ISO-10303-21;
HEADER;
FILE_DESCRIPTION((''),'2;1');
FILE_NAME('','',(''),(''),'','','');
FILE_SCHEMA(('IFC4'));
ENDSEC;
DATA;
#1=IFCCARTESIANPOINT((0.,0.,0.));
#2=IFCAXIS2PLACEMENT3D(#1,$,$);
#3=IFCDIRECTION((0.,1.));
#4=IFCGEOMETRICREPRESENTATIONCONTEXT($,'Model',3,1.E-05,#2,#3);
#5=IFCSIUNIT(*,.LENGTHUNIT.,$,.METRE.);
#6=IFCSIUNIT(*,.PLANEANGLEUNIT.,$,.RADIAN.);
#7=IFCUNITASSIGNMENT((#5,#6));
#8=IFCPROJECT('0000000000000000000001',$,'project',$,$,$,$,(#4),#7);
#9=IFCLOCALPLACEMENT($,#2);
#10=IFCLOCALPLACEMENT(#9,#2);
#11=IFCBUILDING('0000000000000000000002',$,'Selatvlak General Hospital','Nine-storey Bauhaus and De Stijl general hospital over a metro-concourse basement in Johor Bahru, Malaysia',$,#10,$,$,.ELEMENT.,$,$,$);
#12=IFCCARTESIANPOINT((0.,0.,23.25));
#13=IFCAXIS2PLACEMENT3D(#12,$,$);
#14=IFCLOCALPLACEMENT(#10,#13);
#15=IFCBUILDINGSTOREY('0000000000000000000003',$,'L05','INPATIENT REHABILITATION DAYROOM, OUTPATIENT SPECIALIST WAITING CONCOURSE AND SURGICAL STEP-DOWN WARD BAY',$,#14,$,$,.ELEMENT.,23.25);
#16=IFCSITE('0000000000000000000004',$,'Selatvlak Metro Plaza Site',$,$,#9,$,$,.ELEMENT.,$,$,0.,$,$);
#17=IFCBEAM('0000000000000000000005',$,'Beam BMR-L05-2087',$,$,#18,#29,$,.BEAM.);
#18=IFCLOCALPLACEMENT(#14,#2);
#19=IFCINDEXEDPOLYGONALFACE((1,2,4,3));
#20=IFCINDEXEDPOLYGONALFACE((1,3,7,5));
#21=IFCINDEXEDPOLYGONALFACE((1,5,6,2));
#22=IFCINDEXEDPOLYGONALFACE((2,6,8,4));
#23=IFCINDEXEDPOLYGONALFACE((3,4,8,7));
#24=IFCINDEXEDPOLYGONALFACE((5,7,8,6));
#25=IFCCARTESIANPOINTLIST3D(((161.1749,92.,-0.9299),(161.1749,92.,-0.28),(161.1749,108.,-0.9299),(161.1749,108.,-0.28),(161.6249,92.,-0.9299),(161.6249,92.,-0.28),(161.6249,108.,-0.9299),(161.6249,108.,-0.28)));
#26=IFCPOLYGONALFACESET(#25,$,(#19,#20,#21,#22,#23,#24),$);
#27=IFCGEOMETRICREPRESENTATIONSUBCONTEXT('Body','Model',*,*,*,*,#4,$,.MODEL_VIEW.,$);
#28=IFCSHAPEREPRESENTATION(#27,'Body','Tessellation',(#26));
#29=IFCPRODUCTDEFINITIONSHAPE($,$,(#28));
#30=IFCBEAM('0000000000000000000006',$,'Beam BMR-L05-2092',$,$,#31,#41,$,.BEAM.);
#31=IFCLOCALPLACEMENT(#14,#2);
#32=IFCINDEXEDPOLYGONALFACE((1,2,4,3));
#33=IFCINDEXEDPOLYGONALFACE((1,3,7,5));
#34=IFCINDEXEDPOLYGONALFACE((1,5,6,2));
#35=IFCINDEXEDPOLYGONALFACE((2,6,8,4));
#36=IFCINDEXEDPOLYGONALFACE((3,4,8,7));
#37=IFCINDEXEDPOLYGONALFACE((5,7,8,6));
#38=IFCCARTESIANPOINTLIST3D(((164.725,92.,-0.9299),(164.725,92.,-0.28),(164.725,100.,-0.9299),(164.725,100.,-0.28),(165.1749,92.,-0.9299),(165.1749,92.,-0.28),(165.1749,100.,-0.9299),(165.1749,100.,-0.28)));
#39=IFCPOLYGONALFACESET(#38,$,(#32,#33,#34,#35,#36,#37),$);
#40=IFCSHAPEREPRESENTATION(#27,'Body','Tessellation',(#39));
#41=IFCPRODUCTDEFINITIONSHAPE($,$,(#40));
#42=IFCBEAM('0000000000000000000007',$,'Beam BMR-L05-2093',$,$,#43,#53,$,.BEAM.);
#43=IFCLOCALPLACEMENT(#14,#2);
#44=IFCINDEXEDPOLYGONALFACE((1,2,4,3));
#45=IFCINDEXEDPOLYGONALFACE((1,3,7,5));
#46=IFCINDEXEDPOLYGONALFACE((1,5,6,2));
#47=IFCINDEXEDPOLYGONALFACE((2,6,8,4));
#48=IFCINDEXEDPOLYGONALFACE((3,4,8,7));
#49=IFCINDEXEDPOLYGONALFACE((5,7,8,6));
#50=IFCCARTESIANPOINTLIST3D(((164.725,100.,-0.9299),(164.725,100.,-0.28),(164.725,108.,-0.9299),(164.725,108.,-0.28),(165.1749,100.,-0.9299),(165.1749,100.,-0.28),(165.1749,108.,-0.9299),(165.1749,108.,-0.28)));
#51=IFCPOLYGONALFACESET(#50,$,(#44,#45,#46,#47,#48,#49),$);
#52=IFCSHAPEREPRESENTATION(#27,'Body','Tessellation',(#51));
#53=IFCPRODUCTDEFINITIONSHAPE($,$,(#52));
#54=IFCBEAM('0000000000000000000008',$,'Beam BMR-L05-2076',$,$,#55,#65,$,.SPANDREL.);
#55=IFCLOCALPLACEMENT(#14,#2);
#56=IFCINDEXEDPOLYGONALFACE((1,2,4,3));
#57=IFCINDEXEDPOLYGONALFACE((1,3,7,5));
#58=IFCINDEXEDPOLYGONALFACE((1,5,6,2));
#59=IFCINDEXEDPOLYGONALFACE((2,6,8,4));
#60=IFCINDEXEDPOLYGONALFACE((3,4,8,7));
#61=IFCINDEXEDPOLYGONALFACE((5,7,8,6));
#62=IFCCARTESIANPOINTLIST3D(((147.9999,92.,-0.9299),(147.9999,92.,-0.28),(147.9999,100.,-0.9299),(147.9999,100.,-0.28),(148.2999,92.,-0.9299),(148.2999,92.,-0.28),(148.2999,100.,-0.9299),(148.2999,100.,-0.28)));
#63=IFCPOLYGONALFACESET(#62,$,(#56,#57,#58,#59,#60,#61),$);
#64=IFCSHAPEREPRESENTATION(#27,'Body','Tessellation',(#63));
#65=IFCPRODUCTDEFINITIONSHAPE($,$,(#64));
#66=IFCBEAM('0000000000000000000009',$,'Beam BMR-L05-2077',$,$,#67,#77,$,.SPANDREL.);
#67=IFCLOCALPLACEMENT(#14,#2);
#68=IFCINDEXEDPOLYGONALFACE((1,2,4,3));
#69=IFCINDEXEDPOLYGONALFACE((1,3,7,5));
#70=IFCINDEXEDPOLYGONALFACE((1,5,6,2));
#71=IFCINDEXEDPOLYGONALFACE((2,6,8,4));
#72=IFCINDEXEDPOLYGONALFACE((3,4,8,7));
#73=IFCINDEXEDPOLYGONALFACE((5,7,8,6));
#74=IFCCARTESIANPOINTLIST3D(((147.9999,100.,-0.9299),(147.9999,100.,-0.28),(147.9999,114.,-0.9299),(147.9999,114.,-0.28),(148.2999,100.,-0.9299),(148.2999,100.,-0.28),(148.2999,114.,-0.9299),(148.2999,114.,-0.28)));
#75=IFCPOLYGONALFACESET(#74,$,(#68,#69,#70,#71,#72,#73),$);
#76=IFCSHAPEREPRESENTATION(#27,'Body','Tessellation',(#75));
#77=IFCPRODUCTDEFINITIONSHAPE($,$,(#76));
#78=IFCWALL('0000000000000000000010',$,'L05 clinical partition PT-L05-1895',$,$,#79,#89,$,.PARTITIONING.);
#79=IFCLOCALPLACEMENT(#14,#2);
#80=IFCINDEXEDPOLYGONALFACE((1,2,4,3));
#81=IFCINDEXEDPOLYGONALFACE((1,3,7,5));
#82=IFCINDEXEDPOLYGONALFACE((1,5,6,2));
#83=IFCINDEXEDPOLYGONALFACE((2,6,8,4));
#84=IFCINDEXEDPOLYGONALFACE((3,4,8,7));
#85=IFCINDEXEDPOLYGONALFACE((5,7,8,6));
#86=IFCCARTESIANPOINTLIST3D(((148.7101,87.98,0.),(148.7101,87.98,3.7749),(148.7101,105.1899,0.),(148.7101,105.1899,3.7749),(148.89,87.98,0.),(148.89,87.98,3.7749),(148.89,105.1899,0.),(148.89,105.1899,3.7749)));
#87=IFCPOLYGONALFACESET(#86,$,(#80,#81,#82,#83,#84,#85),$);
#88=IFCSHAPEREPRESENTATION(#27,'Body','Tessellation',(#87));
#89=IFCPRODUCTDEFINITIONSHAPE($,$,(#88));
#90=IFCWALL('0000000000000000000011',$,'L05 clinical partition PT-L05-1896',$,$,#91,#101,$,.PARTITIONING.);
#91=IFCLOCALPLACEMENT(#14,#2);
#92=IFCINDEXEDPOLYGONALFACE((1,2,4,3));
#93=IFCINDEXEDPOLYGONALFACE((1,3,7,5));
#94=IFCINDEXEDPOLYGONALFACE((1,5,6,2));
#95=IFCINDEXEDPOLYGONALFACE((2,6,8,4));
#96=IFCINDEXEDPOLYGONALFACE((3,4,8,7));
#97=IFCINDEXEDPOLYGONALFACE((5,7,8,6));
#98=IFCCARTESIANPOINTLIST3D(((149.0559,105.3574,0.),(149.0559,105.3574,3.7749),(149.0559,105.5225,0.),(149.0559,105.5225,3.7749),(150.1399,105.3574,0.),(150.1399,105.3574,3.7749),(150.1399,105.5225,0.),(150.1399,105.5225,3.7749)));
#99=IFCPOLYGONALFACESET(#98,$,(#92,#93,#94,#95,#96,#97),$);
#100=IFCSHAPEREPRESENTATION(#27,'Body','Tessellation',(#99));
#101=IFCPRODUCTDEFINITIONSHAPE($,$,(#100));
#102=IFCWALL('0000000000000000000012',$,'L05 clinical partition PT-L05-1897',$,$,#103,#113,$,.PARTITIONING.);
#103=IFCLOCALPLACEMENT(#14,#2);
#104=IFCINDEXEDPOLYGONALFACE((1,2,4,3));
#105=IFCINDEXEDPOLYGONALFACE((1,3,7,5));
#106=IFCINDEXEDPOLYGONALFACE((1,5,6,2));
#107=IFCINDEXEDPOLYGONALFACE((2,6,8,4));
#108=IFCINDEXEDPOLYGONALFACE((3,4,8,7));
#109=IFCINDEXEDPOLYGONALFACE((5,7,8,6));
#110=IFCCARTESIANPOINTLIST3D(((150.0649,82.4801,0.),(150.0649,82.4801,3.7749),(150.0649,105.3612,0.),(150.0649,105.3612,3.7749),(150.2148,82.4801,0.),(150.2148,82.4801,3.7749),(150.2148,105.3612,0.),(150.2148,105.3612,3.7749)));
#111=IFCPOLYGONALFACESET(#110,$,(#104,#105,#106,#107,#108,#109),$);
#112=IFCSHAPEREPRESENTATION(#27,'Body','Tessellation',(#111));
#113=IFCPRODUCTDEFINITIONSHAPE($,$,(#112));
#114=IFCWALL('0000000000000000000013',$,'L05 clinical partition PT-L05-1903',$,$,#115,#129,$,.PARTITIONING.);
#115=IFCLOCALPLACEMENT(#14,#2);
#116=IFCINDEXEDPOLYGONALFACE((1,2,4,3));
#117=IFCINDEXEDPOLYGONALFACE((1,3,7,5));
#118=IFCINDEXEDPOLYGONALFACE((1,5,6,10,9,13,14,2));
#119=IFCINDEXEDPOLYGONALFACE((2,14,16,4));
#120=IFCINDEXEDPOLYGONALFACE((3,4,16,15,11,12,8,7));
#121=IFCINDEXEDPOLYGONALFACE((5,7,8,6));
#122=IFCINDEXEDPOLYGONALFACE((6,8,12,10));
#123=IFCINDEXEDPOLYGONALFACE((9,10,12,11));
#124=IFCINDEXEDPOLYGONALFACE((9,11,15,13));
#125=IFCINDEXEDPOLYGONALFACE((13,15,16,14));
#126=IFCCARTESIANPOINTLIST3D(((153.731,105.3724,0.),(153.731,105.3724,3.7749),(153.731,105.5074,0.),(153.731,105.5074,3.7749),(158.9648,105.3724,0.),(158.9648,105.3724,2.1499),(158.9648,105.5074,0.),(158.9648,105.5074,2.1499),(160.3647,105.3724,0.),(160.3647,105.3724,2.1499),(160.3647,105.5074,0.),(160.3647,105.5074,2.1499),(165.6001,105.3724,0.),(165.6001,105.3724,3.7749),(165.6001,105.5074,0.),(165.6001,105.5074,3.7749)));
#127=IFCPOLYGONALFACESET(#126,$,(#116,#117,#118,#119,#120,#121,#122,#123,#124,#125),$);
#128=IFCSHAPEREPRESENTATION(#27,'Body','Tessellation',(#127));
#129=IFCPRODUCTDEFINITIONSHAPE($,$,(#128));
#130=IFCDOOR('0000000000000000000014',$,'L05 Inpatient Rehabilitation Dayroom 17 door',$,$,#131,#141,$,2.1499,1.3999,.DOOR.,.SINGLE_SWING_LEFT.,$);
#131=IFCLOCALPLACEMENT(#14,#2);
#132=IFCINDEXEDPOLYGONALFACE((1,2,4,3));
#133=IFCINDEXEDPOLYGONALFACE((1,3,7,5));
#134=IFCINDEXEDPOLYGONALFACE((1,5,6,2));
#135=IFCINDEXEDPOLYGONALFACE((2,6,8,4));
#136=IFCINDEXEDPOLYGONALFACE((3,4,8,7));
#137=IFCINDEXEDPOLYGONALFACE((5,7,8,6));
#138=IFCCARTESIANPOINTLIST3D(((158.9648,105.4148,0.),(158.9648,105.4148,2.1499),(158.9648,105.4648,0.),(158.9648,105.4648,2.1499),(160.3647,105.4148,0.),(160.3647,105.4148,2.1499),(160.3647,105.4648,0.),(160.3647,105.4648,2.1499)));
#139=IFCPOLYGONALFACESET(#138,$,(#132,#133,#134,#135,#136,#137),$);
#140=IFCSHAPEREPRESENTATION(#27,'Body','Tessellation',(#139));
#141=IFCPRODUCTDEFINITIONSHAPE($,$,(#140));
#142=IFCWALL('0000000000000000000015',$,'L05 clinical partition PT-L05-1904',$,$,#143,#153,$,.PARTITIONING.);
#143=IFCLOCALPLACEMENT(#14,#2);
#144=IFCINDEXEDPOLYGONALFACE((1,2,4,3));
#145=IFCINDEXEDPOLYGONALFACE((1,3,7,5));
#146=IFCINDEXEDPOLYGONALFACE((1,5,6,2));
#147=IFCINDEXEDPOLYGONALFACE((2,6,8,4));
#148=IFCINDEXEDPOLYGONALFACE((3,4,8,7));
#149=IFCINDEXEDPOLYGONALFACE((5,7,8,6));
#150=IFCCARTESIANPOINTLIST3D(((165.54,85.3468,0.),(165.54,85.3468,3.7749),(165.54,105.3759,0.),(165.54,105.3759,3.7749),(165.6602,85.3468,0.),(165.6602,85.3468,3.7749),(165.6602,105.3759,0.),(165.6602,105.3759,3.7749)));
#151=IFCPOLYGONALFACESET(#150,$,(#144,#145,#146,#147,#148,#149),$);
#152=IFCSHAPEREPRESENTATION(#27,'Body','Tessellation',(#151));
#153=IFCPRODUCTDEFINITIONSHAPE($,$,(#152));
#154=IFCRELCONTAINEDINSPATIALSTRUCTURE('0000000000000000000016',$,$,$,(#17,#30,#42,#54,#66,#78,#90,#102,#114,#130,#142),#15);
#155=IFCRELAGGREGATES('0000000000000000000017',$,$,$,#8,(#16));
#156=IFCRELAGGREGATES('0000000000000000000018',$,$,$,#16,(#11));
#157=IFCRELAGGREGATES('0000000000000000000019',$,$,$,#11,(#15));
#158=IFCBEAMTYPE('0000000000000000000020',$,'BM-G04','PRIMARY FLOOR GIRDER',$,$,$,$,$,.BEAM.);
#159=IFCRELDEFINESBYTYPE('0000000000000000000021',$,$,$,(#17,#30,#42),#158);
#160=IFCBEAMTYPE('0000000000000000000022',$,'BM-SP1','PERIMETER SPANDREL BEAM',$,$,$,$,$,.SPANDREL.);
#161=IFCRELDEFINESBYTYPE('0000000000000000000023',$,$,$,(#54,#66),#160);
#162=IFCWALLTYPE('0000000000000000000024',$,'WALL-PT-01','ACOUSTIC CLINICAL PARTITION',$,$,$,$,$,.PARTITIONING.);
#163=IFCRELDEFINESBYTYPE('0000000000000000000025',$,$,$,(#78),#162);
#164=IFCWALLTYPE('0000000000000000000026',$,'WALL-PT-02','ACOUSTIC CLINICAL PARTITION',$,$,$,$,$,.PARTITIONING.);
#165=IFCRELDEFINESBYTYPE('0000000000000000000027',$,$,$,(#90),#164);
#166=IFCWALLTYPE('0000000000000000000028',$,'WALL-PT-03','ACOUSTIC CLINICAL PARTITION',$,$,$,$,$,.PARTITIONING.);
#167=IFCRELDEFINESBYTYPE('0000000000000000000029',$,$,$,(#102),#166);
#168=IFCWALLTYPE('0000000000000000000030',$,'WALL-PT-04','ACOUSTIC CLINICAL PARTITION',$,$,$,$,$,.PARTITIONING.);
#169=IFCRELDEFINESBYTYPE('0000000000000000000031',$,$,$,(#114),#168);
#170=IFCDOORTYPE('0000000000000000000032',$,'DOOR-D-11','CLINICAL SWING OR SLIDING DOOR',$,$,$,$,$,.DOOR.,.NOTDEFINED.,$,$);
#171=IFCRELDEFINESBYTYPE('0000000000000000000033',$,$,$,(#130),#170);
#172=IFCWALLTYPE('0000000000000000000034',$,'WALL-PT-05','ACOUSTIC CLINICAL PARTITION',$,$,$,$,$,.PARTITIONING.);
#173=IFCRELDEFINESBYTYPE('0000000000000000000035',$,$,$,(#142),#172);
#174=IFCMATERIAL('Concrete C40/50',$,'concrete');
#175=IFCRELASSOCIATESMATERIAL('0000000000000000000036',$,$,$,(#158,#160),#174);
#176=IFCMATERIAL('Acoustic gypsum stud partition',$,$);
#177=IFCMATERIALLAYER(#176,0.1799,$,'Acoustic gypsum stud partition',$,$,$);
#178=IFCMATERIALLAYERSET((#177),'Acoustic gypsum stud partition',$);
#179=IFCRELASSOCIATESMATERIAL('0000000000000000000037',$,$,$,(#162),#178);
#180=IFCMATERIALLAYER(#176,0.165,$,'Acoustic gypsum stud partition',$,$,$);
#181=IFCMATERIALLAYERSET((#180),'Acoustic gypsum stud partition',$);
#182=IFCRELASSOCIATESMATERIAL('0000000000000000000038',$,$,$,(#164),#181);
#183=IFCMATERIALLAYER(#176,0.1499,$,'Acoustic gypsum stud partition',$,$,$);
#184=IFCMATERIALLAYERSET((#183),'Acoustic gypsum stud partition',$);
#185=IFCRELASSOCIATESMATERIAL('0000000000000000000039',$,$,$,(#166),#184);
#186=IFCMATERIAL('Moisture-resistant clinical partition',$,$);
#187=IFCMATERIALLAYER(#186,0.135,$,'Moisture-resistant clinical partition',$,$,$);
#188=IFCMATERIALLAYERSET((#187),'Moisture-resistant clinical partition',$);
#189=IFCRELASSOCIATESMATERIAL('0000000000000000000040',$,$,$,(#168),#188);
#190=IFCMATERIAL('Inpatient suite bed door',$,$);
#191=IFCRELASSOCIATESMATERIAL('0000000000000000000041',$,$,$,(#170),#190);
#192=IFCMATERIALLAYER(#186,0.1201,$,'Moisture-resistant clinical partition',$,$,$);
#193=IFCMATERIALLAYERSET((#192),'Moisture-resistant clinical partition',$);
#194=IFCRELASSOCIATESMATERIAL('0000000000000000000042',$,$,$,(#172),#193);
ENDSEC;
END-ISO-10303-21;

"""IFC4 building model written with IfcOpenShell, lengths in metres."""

from ifc_helpers import new_model, si_unit, direction, frame, frame_2d, origin, origin_2d, place, context, subcontext, project, spatial, rectangle, extrude, material, layer, layer_set, material_profile, profile_set, type_object, element, fill, save


model = new_model("IFC4")

# Units and contexts
model_context = context("Model", 3, precision=1e-05, world=origin(), true_north=direction((0.0, 1.0)))
body_context = subcontext(model_context, "Body", "Model", "MODEL_VIEW")
ifc_project = project(units=[si_unit("LENGTHUNIT", "METRE"), si_unit("PLANEANGLEUNIT", "RADIAN")], contexts=[model_context])

# Site, building, storey
site_placement = place(None, origin())
site = spatial("IfcSite", under=ifc_project, at=site_placement, Name="Selatvlak Metro Plaza Site", CompositionType="ELEMENT", RefElevation=0.0)
building_placement = place(site_placement, origin())
building = spatial("IfcBuilding", under=site, at=building_placement, Name="Selatvlak General Hospital", Description="Nine-storey Bauhaus and De Stijl general hospital over a metro-concourse basement in Johor Bahru, Malaysia", CompositionType="ELEMENT")
storey_placement = place(building_placement, frame((0.0, 0.0, 23.25)))
storey = spatial("IfcBuildingStorey", under=building, at=storey_placement, Name="L05", Description="INPATIENT REHABILITATION DAYROOM, OUTPATIENT SPECIALIST WAITING CONCOURSE AND SURGICAL STEP-DOWN WARD BAY", CompositionType="ELEMENT", Elevation=23.25)

# Shared definitions
ifc_material_1 = material(Name="Concrete C40/50", Category="concrete")

# Beams
ifc_material_profile_1 = material_profile(ifc_material_1, rectangle(XDim=0.45, YDim=0.6499, at=origin_2d()), Name="RC-BM 450x650")
ifc_profile_set_1 = profile_set([ifc_material_profile_1], Name="Concrete C40/50")
beam_type_1 = type_object("IfcBeamType", Name="BM-G04", Description="PRIMARY FLOOR GIRDER", PredefinedType="BEAM", material=ifc_profile_set_1)
beam_1_placement = place(storey_placement, frame((161.3999, 92.0, -0.605), z_axis=(0.0, 1.0, 0.0), x_axis=(-1.0, 0.0, 0.0)))
element("IfcBeam", 1, at=beam_1_placement, inside=storey, type_object=beam_type_1, Name="Beam BMR-L05-2087", PredefinedType="BEAM", context=body_context, shape_type="SweptSolid", body=[
    extrude(rectangle(XDim=0.45, YDim=0.6499, at=origin_2d()), origin(), (0.0, 0.0, 1.0), 16.0),
])
for number, where, z_axis, x_axis, name in (
    (2, (164.95, 92.0, -0.605), (0.0, 1.0, 0.0), (-1.0, 0.0, 0.0), "Beam BMR-L05-2092"),
    (3, (164.95, 100.0, -0.605), (0.0, 1.0, 0.0), (-1.0, 0.0, 0.0), "Beam BMR-L05-2093"),
):
    element("IfcBeam", number, at=place(storey_placement, frame(where, z_axis=z_axis, x_axis=x_axis)), inside=storey, type_object=beam_type_1, Name=name, PredefinedType="BEAM", context=body_context, shape_type="SweptSolid", body=[
        extrude(rectangle(XDim=0.45, YDim=0.6499, at=origin_2d()), origin(), (0.0, 0.0, 1.0), 8.0),
    ])
ifc_material_profile_2 = material_profile(ifc_material_1, rectangle(XDim=0.3, YDim=0.6499, at=origin_2d()), Name="RC-SP 300x650")
ifc_profile_set_2 = profile_set([ifc_material_profile_2], Name="Concrete C40/50")
beam_type_2 = type_object("IfcBeamType", Name="BM-SP1", Description="PERIMETER SPANDREL BEAM", PredefinedType="SPANDREL", material=ifc_profile_set_2)
beam_2_placement = place(storey_placement, frame((148.1499, 92.0, -0.605), z_axis=(0.0, 1.0, 0.0), x_axis=(-1.0, 0.0, 0.0)))
element("IfcBeam", 4, at=beam_2_placement, inside=storey, type_object=beam_type_2, Name="Beam BMR-L05-2076", PredefinedType="SPANDREL", context=body_context, shape_type="SweptSolid", body=[
    extrude(rectangle(XDim=0.3, YDim=0.6499, at=origin_2d()), origin(), (0.0, 0.0, 1.0), 8.0),
])
beam_3_placement = place(storey_placement, frame((148.1499, 100.0, -0.605), z_axis=(0.0, 1.0, 0.0), x_axis=(-1.0, 0.0, 0.0)))
element("IfcBeam", 5, at=beam_3_placement, inside=storey, type_object=beam_type_2, Name="Beam BMR-L05-2077", PredefinedType="SPANDREL", context=body_context, shape_type="SweptSolid", body=[
    extrude(rectangle(XDim=0.3, YDim=0.6499, at=origin_2d()), origin(), (0.0, 0.0, 1.0), 14.0),
])

# Walls
ifc_material_2 = material(Name="Acoustic gypsum stud partition")
ifc_layer_1 = layer(ifc_material_2, 0.1799, Name="Acoustic gypsum stud partition")
ifc_layer_set_1 = layer_set([ifc_layer_1], Name="Acoustic gypsum stud partition")
wall_type_1 = type_object("IfcWallType", Name="WALL-PT-01", Description="ACOUSTIC CLINICAL PARTITION", PredefinedType="PARTITIONING", material=ifc_layer_set_1)
wall_1_placement = place(storey_placement, frame((148.8, 105.1899, 0.0), z_axis=(0.0, 0.0, 1.0), x_axis=(0.0, -1.0, 0.0)))
element("IfcWall", 6, at=wall_1_placement, inside=storey, type_object=wall_type_1, Name="L05 clinical partition PT-L05-1895", PredefinedType="PARTITIONING", context=body_context, shape_type="SweptSolid", body=[
    extrude(rectangle(XDim=17.21, YDim=0.1799, at=frame_2d((8.605, 0.0))), origin(), (0.0, 0.0, 1.0), 3.7749),
])
ifc_layer_2 = layer(ifc_material_2, 0.165, Name="Acoustic gypsum stud partition")
ifc_layer_set_2 = layer_set([ifc_layer_2], Name="Acoustic gypsum stud partition")
wall_type_2 = type_object("IfcWallType", Name="WALL-PT-02", Description="ACOUSTIC CLINICAL PARTITION", PredefinedType="PARTITIONING", material=ifc_layer_set_2)
wall_2_placement = place(storey_placement, frame((149.0559, 105.4399, 0.0), z_axis=(0.0, 0.0, 1.0), x_axis=(1.0, 0.0, 0.0)))
element("IfcWall", 7, at=wall_2_placement, inside=storey, type_object=wall_type_2, Name="L05 clinical partition PT-L05-1896", PredefinedType="PARTITIONING", context=body_context, shape_type="SweptSolid", body=[
    extrude(rectangle(XDim=1.084, YDim=0.165, at=frame_2d((0.542, 0.0))), origin(), (0.0, 0.0, 1.0), 3.7749),
])
ifc_layer_3 = layer(ifc_material_2, 0.1499, Name="Acoustic gypsum stud partition")
ifc_layer_set_3 = layer_set([ifc_layer_3], Name="Acoustic gypsum stud partition")
wall_type_3 = type_object("IfcWallType", Name="WALL-PT-03", Description="ACOUSTIC CLINICAL PARTITION", PredefinedType="PARTITIONING", material=ifc_layer_set_3)
wall_3_placement = place(storey_placement, frame((150.1399, 105.3611, 0.0), z_axis=(0.0, 0.0, 1.0), x_axis=(0.0, -1.0, 0.0)))
element("IfcWall", 8, at=wall_3_placement, inside=storey, type_object=wall_type_3, Name="L05 clinical partition PT-L05-1897", PredefinedType="PARTITIONING", context=body_context, shape_type="SweptSolid", body=[
    extrude(rectangle(XDim=22.8811, YDim=0.1499, at=frame_2d((11.4404, 0.0))), origin(), (0.0, 0.0, 1.0), 3.7749),
])

# Wall, opening, door
ifc_material_3 = material(Name="Moisture-resistant clinical partition")
ifc_layer_4 = layer(ifc_material_3, 0.135, Name="Moisture-resistant clinical partition")
ifc_layer_set_4 = layer_set([ifc_layer_4], Name="Moisture-resistant clinical partition")
wall_type_4 = type_object("IfcWallType", Name="WALL-PT-04", Description="ACOUSTIC CLINICAL PARTITION", PredefinedType="PARTITIONING", material=ifc_layer_set_4)
wall_4_placement = place(storey_placement, frame((153.731, 105.4399, 0.0), z_axis=(0.0, 0.0, 1.0), x_axis=(1.0, 0.0, 0.0)))
wall_4 = element("IfcWall", 9, at=wall_4_placement, inside=storey, type_object=wall_type_4, Name="L05 clinical partition PT-L05-1903", PredefinedType="PARTITIONING", context=body_context, shape_type="SweptSolid", body=[
    extrude(rectangle(XDim=11.8691, YDim=0.135, at=frame_2d((5.9346, 0.0))), origin(), (0.0, 0.0, 1.0), 3.7749),
])
opening_placement = place(wall_4_placement, frame((5.2339, 0.0, 0.0)))
opening = element("IfcOpeningElement", 10, at=opening_placement, cuts=wall_4, PredefinedType="OPENING", context=body_context, shape_type="SweptSolid", body=[
    extrude(rectangle(XDim=1.3999, YDim=2.1499, at=frame_2d((0.7, 1.075))), frame((0.0, 0.0774, 0.0), z_axis=(0.0, -1.0, 0.0), x_axis=(1.0, 0.0, 0.0)), (0.0, 0.0, 1.0), 0.155),
])
ifc_material_4 = material(Name="Inpatient suite bed door")
door_type = type_object("IfcDoorType", Name="DOOR-D-11", Description="CLINICAL SWING OR SLIDING DOOR", OperationType="NOTDEFINED", PredefinedType="DOOR", material=ifc_material_4)
door_placement = place(opening_placement, origin())
door = element("IfcDoor", 11, at=door_placement, inside=storey, type_object=door_type, Name="L05 Inpatient Rehabilitation Dayroom 17 door", OperationType="SINGLE_SWING_LEFT", OverallHeight=2.1499, OverallWidth=1.3999, PredefinedType="DOOR", context=body_context, shape_type="SweptSolid", body=[
    extrude(rectangle(XDim=1.3999, YDim=2.1499, at=frame_2d((0.7, 1.075))), frame((0.0, 0.0249, 0.0), z_axis=(0.0, -1.0, 0.0), x_axis=(1.0, 0.0, 0.0)), (0.0, 0.0, 1.0), 0.05),
])
fill(opening, door)

# Wall
ifc_layer_5 = layer(ifc_material_3, 0.1201, Name="Moisture-resistant clinical partition")
ifc_layer_set_5 = layer_set([ifc_layer_5], Name="Moisture-resistant clinical partition")
wall_type_5 = type_object("IfcWallType", Name="WALL-PT-05", Description="ACOUSTIC CLINICAL PARTITION", PredefinedType="PARTITIONING", material=ifc_layer_set_5)
wall_5_placement = place(storey_placement, frame((165.6001, 105.376, 0.0), z_axis=(0.0, 0.0, 1.0), x_axis=(0.0, -1.0, 0.0)))
element("IfcWall", 12, at=wall_5_placement, inside=storey, type_object=wall_type_5, Name="L05 clinical partition PT-L05-1904", PredefinedType="PARTITIONING", context=body_context, shape_type="SweptSolid", body=[
    extrude(rectangle(XDim=20.0291, YDim=0.1201, at=frame_2d((10.0146, 0.0))), origin(), (0.0, 0.0, 1.0), 3.7749),
])

save(model, "model.ifc")
